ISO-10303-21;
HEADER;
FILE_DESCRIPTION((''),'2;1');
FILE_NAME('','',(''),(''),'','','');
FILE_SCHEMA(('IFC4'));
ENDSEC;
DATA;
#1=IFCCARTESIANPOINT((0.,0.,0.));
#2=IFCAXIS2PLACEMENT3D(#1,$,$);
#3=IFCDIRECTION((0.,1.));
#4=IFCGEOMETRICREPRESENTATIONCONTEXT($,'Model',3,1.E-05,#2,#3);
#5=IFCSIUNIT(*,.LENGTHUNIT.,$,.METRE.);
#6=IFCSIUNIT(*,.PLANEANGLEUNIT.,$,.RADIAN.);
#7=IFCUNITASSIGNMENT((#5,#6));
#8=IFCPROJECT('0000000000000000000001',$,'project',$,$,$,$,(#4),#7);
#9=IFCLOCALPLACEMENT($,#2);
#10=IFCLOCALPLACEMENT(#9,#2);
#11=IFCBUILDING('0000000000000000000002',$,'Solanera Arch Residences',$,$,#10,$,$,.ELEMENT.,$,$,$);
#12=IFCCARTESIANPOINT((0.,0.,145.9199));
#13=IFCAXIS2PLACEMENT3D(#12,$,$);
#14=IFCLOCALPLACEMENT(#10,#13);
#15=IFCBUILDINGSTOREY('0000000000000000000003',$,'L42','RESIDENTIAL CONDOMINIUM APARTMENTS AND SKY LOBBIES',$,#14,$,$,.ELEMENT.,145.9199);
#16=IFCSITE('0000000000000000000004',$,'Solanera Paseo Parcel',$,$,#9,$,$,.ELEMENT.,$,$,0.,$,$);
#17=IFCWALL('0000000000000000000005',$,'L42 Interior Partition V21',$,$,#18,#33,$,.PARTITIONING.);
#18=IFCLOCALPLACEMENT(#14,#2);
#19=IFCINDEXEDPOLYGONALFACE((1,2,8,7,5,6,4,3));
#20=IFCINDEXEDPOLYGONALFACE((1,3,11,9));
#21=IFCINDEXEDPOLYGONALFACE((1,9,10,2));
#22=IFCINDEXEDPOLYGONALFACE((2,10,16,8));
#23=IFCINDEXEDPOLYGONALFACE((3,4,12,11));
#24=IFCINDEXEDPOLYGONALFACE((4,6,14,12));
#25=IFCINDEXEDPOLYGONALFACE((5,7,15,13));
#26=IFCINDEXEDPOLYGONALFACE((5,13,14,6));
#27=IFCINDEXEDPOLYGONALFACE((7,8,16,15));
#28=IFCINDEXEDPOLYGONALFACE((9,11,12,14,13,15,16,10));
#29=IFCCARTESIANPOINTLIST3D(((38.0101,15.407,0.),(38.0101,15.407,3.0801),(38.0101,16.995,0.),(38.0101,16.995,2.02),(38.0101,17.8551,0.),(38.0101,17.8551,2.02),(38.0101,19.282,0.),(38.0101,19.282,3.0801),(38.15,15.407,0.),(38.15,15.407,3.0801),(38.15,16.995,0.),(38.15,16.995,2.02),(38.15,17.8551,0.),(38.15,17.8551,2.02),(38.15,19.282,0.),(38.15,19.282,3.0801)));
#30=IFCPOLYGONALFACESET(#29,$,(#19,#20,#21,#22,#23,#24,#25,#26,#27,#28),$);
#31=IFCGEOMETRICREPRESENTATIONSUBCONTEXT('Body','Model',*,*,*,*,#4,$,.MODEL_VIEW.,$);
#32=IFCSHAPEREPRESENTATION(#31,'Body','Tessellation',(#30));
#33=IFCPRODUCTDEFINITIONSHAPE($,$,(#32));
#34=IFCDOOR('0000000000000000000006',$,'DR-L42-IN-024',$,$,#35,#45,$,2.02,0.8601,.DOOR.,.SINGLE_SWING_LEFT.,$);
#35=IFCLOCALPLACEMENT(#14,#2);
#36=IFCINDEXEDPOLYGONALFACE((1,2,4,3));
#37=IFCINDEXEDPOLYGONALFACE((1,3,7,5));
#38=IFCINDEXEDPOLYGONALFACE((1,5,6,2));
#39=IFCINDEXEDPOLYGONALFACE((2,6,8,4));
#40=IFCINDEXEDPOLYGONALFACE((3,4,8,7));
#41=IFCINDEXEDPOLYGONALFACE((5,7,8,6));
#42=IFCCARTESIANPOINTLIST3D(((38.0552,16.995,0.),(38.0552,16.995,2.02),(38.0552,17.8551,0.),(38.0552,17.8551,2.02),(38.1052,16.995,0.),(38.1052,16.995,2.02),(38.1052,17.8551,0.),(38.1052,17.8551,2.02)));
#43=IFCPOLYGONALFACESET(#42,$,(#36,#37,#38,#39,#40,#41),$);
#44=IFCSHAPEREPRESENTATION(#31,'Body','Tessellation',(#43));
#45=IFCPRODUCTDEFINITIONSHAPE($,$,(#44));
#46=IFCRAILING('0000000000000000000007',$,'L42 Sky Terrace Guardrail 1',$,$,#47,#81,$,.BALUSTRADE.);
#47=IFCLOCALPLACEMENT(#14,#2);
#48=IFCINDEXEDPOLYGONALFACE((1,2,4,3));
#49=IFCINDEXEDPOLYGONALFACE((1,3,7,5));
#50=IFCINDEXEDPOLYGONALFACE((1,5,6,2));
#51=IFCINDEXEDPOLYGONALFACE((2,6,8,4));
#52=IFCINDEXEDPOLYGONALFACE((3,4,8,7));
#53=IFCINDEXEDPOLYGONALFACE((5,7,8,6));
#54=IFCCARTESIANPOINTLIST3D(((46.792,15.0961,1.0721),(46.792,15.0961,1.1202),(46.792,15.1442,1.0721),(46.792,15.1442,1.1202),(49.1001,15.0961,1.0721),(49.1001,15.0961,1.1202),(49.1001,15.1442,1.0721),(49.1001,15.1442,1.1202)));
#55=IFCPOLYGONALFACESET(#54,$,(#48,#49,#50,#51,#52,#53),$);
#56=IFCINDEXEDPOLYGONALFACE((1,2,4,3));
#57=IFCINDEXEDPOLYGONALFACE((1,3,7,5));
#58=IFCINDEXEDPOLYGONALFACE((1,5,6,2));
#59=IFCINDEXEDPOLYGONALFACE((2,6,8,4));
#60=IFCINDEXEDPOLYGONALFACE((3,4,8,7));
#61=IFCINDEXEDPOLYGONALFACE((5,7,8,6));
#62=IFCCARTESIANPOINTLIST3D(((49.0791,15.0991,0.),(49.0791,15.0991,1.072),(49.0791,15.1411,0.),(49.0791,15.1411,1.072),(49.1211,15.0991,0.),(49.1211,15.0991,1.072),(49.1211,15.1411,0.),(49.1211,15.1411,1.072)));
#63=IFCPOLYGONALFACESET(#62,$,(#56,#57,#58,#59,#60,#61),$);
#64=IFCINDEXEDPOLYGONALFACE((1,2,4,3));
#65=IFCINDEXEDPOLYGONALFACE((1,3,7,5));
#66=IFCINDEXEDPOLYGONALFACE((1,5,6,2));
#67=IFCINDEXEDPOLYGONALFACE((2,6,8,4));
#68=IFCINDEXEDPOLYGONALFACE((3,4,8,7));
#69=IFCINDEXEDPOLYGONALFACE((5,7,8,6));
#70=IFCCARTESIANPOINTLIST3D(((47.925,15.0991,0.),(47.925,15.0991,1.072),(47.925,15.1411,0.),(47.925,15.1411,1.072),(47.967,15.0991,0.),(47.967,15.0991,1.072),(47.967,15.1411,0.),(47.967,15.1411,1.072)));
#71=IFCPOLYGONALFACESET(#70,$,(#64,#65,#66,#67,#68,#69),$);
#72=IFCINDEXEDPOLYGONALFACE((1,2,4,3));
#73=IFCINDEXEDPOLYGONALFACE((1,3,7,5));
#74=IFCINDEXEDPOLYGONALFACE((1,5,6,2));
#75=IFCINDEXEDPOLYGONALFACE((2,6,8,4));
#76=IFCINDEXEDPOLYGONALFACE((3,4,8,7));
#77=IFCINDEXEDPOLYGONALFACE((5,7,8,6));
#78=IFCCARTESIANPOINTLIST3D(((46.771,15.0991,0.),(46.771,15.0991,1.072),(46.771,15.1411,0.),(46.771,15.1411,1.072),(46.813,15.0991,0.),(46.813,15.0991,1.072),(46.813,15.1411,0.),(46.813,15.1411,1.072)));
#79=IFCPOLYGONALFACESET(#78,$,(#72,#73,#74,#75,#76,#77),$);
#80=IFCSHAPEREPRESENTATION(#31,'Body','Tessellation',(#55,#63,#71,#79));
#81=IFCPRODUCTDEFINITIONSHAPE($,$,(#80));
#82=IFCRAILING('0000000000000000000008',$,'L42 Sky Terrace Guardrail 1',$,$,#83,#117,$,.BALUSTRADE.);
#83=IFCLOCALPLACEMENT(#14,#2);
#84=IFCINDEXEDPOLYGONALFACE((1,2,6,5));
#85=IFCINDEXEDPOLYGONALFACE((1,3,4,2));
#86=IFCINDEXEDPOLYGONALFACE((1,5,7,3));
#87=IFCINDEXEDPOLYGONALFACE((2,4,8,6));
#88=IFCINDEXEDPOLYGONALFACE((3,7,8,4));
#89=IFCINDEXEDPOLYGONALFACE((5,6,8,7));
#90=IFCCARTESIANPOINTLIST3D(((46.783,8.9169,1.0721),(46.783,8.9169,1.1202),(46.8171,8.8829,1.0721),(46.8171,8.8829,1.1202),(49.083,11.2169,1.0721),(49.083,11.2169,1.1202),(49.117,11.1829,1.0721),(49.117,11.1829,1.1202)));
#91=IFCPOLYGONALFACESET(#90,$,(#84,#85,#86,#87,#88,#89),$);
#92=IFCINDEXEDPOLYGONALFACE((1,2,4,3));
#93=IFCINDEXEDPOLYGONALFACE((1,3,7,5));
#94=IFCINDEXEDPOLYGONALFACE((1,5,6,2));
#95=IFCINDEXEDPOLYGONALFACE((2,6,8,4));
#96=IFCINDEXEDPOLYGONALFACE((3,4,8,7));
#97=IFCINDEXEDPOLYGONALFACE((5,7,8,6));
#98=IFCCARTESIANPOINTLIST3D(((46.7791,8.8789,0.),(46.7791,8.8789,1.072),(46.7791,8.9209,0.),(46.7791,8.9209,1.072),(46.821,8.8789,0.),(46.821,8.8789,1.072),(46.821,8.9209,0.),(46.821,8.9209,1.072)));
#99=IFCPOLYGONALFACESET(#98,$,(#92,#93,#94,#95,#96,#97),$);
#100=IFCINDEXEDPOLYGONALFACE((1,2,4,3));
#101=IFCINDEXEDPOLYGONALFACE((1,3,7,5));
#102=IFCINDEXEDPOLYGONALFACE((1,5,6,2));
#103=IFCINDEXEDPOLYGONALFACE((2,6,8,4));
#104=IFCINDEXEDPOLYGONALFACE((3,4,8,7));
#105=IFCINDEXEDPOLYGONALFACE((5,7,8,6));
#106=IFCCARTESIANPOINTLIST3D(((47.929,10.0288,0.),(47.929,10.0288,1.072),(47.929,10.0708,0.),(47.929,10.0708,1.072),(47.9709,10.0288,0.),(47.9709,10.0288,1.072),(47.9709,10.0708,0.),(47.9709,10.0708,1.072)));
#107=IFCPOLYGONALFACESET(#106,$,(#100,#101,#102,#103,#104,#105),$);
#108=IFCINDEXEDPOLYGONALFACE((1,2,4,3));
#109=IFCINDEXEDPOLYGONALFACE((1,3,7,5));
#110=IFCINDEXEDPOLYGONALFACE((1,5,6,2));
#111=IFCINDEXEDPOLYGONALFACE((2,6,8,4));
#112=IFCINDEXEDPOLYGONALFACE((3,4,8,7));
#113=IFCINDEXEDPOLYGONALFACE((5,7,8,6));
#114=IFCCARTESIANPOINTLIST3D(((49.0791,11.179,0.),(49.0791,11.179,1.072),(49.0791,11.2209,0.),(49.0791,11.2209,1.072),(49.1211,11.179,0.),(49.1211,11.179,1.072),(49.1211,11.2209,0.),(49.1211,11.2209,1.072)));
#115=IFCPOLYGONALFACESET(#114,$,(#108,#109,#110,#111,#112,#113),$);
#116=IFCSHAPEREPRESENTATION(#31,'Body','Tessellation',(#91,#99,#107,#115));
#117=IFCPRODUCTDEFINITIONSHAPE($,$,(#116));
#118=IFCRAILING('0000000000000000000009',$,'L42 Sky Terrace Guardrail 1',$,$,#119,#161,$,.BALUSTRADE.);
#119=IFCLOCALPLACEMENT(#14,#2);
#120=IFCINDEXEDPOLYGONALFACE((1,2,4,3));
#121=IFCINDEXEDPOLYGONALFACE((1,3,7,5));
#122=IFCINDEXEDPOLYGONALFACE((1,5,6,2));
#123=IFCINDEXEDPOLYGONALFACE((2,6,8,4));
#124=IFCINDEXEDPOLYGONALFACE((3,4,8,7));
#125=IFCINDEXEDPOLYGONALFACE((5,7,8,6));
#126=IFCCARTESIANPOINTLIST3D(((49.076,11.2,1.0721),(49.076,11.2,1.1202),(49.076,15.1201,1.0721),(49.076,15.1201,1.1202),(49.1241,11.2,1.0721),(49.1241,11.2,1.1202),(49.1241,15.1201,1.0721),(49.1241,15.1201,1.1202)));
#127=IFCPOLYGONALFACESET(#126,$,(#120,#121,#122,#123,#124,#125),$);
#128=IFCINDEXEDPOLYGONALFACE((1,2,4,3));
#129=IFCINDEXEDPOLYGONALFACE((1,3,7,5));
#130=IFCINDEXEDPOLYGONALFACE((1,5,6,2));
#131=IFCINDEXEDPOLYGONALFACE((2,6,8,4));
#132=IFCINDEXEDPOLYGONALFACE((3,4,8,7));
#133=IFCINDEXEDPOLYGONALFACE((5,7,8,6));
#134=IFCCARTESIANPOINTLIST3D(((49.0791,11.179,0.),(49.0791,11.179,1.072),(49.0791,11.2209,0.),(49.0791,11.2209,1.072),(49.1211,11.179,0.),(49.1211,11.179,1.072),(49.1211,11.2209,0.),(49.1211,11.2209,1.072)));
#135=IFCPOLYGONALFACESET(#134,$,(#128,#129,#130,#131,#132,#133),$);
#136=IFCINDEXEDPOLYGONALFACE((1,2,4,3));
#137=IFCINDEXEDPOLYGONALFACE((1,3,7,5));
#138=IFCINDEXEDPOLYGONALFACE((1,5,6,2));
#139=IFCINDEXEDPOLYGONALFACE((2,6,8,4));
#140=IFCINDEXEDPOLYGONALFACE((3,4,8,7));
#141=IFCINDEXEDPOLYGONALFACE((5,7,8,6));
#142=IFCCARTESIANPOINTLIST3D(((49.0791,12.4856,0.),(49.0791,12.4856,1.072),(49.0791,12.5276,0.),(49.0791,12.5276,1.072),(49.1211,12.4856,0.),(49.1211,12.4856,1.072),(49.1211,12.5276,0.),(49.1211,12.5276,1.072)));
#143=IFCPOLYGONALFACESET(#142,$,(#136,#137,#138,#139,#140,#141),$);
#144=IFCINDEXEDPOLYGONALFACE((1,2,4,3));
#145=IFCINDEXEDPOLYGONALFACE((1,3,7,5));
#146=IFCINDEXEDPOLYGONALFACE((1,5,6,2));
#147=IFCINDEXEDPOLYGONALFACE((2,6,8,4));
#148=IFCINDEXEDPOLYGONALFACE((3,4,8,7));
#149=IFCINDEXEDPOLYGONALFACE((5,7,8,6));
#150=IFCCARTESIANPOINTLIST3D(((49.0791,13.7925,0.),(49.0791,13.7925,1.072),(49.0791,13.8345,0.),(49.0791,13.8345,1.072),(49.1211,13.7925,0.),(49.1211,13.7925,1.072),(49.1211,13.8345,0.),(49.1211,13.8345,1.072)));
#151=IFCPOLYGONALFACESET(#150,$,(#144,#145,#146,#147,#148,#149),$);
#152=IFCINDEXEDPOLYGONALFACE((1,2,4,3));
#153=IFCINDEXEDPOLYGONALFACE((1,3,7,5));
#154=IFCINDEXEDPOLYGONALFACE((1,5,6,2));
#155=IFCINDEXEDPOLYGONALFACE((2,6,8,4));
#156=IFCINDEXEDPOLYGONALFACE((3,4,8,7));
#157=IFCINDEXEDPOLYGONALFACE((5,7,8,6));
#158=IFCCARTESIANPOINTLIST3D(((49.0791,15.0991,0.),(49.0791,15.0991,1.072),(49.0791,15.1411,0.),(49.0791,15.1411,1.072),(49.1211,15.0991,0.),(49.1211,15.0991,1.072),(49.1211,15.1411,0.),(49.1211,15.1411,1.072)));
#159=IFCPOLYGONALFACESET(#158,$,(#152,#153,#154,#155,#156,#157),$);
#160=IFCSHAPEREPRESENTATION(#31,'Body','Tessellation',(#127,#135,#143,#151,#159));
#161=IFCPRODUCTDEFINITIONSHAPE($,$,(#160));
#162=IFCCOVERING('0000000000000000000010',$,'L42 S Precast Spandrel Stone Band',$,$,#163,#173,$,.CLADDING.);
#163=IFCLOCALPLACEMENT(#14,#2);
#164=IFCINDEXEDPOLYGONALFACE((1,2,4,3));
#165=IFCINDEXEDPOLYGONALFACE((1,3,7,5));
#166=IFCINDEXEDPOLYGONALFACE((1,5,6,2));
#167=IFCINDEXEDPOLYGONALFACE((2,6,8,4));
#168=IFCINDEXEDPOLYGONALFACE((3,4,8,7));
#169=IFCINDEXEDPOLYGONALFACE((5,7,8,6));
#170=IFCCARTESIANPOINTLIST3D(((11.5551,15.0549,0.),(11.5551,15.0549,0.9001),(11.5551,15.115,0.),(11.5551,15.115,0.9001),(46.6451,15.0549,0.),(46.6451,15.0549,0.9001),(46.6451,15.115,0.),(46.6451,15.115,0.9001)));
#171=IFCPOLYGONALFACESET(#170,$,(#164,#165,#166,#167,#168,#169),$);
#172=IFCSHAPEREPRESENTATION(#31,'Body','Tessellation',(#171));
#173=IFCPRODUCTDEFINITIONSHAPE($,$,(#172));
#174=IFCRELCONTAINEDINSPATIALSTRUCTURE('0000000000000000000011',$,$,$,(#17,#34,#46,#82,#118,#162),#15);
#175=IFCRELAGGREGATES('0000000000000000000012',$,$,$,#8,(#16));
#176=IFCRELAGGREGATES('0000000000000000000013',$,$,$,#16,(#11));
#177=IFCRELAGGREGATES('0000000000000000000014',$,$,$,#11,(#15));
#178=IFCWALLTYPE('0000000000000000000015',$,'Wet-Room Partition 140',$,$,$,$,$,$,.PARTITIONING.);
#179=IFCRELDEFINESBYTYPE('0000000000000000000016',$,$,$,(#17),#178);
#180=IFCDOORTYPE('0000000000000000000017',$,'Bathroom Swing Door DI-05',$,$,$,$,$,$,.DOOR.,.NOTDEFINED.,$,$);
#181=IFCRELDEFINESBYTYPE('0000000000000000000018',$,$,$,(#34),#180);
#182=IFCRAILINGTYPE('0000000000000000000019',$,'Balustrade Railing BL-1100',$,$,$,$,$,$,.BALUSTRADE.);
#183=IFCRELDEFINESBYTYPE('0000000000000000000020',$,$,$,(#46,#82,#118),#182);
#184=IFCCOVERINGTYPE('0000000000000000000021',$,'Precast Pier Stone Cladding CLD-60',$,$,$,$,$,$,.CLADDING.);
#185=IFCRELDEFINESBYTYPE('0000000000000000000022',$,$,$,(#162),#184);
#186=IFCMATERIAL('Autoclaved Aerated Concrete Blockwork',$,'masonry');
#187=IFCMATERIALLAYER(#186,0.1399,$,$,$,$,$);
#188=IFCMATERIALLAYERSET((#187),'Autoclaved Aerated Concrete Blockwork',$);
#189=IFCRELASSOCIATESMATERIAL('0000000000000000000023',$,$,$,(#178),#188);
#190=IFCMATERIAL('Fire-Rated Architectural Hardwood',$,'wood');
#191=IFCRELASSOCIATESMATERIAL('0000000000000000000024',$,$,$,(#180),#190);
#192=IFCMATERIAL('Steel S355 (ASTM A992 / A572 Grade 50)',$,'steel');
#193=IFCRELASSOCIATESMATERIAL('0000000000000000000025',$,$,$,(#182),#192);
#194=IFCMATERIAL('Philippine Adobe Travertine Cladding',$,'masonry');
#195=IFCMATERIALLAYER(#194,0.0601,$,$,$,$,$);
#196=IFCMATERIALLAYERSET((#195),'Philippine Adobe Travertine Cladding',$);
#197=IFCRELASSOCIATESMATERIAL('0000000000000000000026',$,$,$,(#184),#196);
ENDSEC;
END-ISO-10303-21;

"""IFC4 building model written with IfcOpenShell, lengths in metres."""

from ifc_helpers import new_model, si_unit, direction, frame, frame_2d, origin, origin_2d, place, context, subcontext, project, spatial, rectangle, extrude, material, layer, layer_set, type_object, element, fill, save


model = new_model("IFC4")

# Units and contexts
model_context = context("Model", 3, precision=1e-05, world=origin(), true_north=direction((0.0, 1.0)))
body_context = subcontext(model_context, "Body", "Model", "MODEL_VIEW")
ifc_project = project(units=[si_unit("LENGTHUNIT", "METRE"), si_unit("PLANEANGLEUNIT", "RADIAN")], contexts=[model_context])

# Site, building, storey
site_placement = place(None, origin())
site = spatial("IfcSite", under=ifc_project, at=site_placement, Name="Solanera Paseo Parcel", CompositionType="ELEMENT", RefElevation=0.0)
building_placement = place(site_placement, origin())
building = spatial("IfcBuilding", under=site, at=building_placement, Name="Solanera Arch Residences", CompositionType="ELEMENT")
storey_placement = place(building_placement, frame((0.0, 0.0, 145.9199)))
storey = spatial("IfcBuildingStorey", under=building, at=storey_placement, Name="L42", Description="RESIDENTIAL CONDOMINIUM APARTMENTS AND SKY LOBBIES", CompositionType="ELEMENT", Elevation=145.9199)

# Shared definitions
ifc_material_1 = material(Name="Autoclaved Aerated Concrete Blockwork", Category="masonry")
ifc_layer_1 = layer(ifc_material_1, 0.1399)
ifc_layer_set_1 = layer_set([ifc_layer_1], Name="Autoclaved Aerated Concrete Blockwork")
wall_type_1 = type_object("IfcWallType", Name="Wet-Room Partition 140", PredefinedType="PARTITIONING", material=ifc_layer_set_1)

# Wall, opening, door
wall_1_placement = place(storey_placement, frame((38.0801, 15.407, 0.0), z_axis=(0.0, 0.0, 1.0), x_axis=(0.0, 1.0, 0.0)))
wall_1 = element("IfcWall", 1, at=wall_1_placement, inside=storey, type_object=wall_type_1, Name="L42 Interior Partition V21", PredefinedType="PARTITIONING", context=body_context, shape_type="SweptSolid", body=[
    extrude(rectangle(XDim=3.875, YDim=0.1399, at=frame_2d((1.9375, 0.0))), origin(), (0.0, 0.0, 1.0), 3.0801),
])
opening_1_placement = place(wall_1_placement, frame((1.5879, 0.0, 0.0)))
opening_1 = element("IfcOpeningElement", 2, at=opening_1_placement, cuts=wall_1, PredefinedType="OPENING", context=body_context, shape_type="SweptSolid", body=[
    extrude(rectangle(XDim=0.8601, YDim=2.02, at=frame_2d((0.4302, 1.01))), frame((0.0, 0.0798, 0.0), z_axis=(0.0, -1.0, 0.0), x_axis=(1.0, 0.0, 0.0)), (0.0, 0.0, 1.0), 0.1599),
])
ifc_material_2 = material(Name="Fire-Rated Architectural Hardwood", Category="wood")
door_type_1 = type_object("IfcDoorType", Name="Bathroom Swing Door DI-05", OperationType="NOTDEFINED", PredefinedType="DOOR", material=ifc_material_2)
door_1_placement = place(opening_1_placement, origin())
door_1 = element("IfcDoor", 3, at=door_1_placement, inside=storey, type_object=door_type_1, Name="DR-L42-IN-024", OperationType="SINGLE_SWING_LEFT", OverallHeight=2.02, OverallWidth=0.8601, PredefinedType="DOOR", context=body_context, shape_type="SweptSolid", body=[
    extrude(rectangle(XDim=0.8601, YDim=2.02, at=frame_2d((0.4302, 1.01))), frame((0.0, 0.0249, 0.0), z_axis=(0.0, -1.0, 0.0), x_axis=(1.0, 0.0, 0.0)), (0.0, 0.0, 1.0), 0.05),
])
fill(opening_1, door_1)

# Railings
ifc_material_3 = material(Name="Steel S355 (ASTM A992 / A572 Grade 50)", Category="steel")
railing_type = type_object("IfcRailingType", Name="Balustrade Railing BL-1100", PredefinedType="BALUSTRADE", material=ifc_material_3)
railing_1_placement = place(storey_placement, frame((49.1001, 15.1201, 0.0)))
element("IfcRailing", 4, at=railing_1_placement, inside=storey, type_object=railing_type, Name="L42 Sky Terrace Guardrail 1", PredefinedType="BALUSTRADE", context=body_context, shape_type="SweptSolid", body=[
    extrude(rectangle(XDim=0.0481, YDim=0.0481, at=origin_2d()), frame((0.0, 0.0, 1.0962), z_axis=(-1.0, 0.0, 0.0), x_axis=(0.0, -1.0, 0.0)), (0.0, 0.0, 1.0), 2.3081),
    extrude(rectangle(XDim=0.042, YDim=0.042, at=origin_2d()), origin(), (0.0, 0.0, 1.0), 1.072),
    extrude(rectangle(XDim=0.042, YDim=0.042, at=origin_2d()), frame((-1.1541, 0.0, 0.0)), (0.0, 0.0, 1.0), 1.072),
    extrude(rectangle(XDim=0.042, YDim=0.042, at=origin_2d()), frame((-2.3081, 0.0, 0.0)), (0.0, 0.0, 1.0), 1.072),
])
railing_2_placement = place(storey_placement, frame((46.8, 8.8999, 0.0)))
element("IfcRailing", 5, at=railing_2_placement, inside=storey, type_object=railing_type, Name="L42 Sky Terrace Guardrail 1", PredefinedType="BALUSTRADE", context=body_context, shape_type="SweptSolid", body=[
    extrude(rectangle(XDim=0.0481, YDim=0.0481, at=origin_2d()), frame((0.0, 0.0, 1.0962), z_axis=(0.707107, 0.707107, 0.0), x_axis=(-0.707107, 0.707107, 0.0)), (0.0, 0.0, 1.0), 3.2527),
    extrude(rectangle(XDim=0.042, YDim=0.042, at=origin_2d()), origin(), (0.0, 0.0, 1.0), 1.072),
    extrude(rectangle(XDim=0.042, YDim=0.042, at=origin_2d()), frame((1.1499, 1.1499, 0.0)), (0.0, 0.0, 1.0), 1.072),
    extrude(rectangle(XDim=0.042, YDim=0.042, at=origin_2d()), frame((2.3, 2.3, 0.0)), (0.0, 0.0, 1.0), 1.072),
])
railing_3_placement = place(storey_placement, frame((49.1001, 11.2, 0.0)))
element("IfcRailing", 6, at=railing_3_placement, inside=storey, type_object=railing_type, Name="L42 Sky Terrace Guardrail 1", PredefinedType="BALUSTRADE", context=body_context, shape_type="SweptSolid", body=[
    extrude(rectangle(XDim=0.0481, YDim=0.0481, at=origin_2d()), frame((0.0, 0.0, 1.0962), z_axis=(0.0, 1.0, 0.0), x_axis=(-1.0, 0.0, 0.0)), (0.0, 0.0, 1.0), 3.9202),
    extrude(rectangle(XDim=0.042, YDim=0.042, at=origin_2d()), origin(), (0.0, 0.0, 1.0), 1.072),
    extrude(rectangle(XDim=0.042, YDim=0.042, at=origin_2d()), frame((0.0, 1.3066, 0.0)), (0.0, 0.0, 1.0), 1.072),
    extrude(rectangle(XDim=0.042, YDim=0.042, at=origin_2d()), frame((0.0, 2.6135, 0.0)), (0.0, 0.0, 1.0), 1.072),
    extrude(rectangle(XDim=0.042, YDim=0.042, at=origin_2d()), frame((0.0, 3.9202, 0.0)), (0.0, 0.0, 1.0), 1.072),
])

# Covering
ifc_material_4 = material(Name="Philippine Adobe Travertine Cladding", Category="masonry")
ifc_layer_2 = layer(ifc_material_4, 0.0601)
ifc_layer_set_2 = layer_set([ifc_layer_2], Name="Philippine Adobe Travertine Cladding")
covering_type = type_object("IfcCoveringType", Name="Precast Pier Stone Cladding CLD-60", PredefinedType="CLADDING", material=ifc_layer_set_2)
covering_placement = place(storey_placement, frame((46.645, 15.085, 0.0), z_axis=(0.0, 0.0, 1.0), x_axis=(-1.0, 0.0, 0.0)))
element("IfcCovering", 7, at=covering_placement, inside=storey, type_object=covering_type, Name="L42 S Precast Spandrel Stone Band", PredefinedType="CLADDING", context=body_context, shape_type="SweptSolid", body=[
    extrude(rectangle(XDim=35.0901, YDim=0.0601, at=frame_2d((17.5449, 0.0))), origin(), (0.0, 0.0, 1.0), 0.9001),
])

save(model, "model.ifc")
